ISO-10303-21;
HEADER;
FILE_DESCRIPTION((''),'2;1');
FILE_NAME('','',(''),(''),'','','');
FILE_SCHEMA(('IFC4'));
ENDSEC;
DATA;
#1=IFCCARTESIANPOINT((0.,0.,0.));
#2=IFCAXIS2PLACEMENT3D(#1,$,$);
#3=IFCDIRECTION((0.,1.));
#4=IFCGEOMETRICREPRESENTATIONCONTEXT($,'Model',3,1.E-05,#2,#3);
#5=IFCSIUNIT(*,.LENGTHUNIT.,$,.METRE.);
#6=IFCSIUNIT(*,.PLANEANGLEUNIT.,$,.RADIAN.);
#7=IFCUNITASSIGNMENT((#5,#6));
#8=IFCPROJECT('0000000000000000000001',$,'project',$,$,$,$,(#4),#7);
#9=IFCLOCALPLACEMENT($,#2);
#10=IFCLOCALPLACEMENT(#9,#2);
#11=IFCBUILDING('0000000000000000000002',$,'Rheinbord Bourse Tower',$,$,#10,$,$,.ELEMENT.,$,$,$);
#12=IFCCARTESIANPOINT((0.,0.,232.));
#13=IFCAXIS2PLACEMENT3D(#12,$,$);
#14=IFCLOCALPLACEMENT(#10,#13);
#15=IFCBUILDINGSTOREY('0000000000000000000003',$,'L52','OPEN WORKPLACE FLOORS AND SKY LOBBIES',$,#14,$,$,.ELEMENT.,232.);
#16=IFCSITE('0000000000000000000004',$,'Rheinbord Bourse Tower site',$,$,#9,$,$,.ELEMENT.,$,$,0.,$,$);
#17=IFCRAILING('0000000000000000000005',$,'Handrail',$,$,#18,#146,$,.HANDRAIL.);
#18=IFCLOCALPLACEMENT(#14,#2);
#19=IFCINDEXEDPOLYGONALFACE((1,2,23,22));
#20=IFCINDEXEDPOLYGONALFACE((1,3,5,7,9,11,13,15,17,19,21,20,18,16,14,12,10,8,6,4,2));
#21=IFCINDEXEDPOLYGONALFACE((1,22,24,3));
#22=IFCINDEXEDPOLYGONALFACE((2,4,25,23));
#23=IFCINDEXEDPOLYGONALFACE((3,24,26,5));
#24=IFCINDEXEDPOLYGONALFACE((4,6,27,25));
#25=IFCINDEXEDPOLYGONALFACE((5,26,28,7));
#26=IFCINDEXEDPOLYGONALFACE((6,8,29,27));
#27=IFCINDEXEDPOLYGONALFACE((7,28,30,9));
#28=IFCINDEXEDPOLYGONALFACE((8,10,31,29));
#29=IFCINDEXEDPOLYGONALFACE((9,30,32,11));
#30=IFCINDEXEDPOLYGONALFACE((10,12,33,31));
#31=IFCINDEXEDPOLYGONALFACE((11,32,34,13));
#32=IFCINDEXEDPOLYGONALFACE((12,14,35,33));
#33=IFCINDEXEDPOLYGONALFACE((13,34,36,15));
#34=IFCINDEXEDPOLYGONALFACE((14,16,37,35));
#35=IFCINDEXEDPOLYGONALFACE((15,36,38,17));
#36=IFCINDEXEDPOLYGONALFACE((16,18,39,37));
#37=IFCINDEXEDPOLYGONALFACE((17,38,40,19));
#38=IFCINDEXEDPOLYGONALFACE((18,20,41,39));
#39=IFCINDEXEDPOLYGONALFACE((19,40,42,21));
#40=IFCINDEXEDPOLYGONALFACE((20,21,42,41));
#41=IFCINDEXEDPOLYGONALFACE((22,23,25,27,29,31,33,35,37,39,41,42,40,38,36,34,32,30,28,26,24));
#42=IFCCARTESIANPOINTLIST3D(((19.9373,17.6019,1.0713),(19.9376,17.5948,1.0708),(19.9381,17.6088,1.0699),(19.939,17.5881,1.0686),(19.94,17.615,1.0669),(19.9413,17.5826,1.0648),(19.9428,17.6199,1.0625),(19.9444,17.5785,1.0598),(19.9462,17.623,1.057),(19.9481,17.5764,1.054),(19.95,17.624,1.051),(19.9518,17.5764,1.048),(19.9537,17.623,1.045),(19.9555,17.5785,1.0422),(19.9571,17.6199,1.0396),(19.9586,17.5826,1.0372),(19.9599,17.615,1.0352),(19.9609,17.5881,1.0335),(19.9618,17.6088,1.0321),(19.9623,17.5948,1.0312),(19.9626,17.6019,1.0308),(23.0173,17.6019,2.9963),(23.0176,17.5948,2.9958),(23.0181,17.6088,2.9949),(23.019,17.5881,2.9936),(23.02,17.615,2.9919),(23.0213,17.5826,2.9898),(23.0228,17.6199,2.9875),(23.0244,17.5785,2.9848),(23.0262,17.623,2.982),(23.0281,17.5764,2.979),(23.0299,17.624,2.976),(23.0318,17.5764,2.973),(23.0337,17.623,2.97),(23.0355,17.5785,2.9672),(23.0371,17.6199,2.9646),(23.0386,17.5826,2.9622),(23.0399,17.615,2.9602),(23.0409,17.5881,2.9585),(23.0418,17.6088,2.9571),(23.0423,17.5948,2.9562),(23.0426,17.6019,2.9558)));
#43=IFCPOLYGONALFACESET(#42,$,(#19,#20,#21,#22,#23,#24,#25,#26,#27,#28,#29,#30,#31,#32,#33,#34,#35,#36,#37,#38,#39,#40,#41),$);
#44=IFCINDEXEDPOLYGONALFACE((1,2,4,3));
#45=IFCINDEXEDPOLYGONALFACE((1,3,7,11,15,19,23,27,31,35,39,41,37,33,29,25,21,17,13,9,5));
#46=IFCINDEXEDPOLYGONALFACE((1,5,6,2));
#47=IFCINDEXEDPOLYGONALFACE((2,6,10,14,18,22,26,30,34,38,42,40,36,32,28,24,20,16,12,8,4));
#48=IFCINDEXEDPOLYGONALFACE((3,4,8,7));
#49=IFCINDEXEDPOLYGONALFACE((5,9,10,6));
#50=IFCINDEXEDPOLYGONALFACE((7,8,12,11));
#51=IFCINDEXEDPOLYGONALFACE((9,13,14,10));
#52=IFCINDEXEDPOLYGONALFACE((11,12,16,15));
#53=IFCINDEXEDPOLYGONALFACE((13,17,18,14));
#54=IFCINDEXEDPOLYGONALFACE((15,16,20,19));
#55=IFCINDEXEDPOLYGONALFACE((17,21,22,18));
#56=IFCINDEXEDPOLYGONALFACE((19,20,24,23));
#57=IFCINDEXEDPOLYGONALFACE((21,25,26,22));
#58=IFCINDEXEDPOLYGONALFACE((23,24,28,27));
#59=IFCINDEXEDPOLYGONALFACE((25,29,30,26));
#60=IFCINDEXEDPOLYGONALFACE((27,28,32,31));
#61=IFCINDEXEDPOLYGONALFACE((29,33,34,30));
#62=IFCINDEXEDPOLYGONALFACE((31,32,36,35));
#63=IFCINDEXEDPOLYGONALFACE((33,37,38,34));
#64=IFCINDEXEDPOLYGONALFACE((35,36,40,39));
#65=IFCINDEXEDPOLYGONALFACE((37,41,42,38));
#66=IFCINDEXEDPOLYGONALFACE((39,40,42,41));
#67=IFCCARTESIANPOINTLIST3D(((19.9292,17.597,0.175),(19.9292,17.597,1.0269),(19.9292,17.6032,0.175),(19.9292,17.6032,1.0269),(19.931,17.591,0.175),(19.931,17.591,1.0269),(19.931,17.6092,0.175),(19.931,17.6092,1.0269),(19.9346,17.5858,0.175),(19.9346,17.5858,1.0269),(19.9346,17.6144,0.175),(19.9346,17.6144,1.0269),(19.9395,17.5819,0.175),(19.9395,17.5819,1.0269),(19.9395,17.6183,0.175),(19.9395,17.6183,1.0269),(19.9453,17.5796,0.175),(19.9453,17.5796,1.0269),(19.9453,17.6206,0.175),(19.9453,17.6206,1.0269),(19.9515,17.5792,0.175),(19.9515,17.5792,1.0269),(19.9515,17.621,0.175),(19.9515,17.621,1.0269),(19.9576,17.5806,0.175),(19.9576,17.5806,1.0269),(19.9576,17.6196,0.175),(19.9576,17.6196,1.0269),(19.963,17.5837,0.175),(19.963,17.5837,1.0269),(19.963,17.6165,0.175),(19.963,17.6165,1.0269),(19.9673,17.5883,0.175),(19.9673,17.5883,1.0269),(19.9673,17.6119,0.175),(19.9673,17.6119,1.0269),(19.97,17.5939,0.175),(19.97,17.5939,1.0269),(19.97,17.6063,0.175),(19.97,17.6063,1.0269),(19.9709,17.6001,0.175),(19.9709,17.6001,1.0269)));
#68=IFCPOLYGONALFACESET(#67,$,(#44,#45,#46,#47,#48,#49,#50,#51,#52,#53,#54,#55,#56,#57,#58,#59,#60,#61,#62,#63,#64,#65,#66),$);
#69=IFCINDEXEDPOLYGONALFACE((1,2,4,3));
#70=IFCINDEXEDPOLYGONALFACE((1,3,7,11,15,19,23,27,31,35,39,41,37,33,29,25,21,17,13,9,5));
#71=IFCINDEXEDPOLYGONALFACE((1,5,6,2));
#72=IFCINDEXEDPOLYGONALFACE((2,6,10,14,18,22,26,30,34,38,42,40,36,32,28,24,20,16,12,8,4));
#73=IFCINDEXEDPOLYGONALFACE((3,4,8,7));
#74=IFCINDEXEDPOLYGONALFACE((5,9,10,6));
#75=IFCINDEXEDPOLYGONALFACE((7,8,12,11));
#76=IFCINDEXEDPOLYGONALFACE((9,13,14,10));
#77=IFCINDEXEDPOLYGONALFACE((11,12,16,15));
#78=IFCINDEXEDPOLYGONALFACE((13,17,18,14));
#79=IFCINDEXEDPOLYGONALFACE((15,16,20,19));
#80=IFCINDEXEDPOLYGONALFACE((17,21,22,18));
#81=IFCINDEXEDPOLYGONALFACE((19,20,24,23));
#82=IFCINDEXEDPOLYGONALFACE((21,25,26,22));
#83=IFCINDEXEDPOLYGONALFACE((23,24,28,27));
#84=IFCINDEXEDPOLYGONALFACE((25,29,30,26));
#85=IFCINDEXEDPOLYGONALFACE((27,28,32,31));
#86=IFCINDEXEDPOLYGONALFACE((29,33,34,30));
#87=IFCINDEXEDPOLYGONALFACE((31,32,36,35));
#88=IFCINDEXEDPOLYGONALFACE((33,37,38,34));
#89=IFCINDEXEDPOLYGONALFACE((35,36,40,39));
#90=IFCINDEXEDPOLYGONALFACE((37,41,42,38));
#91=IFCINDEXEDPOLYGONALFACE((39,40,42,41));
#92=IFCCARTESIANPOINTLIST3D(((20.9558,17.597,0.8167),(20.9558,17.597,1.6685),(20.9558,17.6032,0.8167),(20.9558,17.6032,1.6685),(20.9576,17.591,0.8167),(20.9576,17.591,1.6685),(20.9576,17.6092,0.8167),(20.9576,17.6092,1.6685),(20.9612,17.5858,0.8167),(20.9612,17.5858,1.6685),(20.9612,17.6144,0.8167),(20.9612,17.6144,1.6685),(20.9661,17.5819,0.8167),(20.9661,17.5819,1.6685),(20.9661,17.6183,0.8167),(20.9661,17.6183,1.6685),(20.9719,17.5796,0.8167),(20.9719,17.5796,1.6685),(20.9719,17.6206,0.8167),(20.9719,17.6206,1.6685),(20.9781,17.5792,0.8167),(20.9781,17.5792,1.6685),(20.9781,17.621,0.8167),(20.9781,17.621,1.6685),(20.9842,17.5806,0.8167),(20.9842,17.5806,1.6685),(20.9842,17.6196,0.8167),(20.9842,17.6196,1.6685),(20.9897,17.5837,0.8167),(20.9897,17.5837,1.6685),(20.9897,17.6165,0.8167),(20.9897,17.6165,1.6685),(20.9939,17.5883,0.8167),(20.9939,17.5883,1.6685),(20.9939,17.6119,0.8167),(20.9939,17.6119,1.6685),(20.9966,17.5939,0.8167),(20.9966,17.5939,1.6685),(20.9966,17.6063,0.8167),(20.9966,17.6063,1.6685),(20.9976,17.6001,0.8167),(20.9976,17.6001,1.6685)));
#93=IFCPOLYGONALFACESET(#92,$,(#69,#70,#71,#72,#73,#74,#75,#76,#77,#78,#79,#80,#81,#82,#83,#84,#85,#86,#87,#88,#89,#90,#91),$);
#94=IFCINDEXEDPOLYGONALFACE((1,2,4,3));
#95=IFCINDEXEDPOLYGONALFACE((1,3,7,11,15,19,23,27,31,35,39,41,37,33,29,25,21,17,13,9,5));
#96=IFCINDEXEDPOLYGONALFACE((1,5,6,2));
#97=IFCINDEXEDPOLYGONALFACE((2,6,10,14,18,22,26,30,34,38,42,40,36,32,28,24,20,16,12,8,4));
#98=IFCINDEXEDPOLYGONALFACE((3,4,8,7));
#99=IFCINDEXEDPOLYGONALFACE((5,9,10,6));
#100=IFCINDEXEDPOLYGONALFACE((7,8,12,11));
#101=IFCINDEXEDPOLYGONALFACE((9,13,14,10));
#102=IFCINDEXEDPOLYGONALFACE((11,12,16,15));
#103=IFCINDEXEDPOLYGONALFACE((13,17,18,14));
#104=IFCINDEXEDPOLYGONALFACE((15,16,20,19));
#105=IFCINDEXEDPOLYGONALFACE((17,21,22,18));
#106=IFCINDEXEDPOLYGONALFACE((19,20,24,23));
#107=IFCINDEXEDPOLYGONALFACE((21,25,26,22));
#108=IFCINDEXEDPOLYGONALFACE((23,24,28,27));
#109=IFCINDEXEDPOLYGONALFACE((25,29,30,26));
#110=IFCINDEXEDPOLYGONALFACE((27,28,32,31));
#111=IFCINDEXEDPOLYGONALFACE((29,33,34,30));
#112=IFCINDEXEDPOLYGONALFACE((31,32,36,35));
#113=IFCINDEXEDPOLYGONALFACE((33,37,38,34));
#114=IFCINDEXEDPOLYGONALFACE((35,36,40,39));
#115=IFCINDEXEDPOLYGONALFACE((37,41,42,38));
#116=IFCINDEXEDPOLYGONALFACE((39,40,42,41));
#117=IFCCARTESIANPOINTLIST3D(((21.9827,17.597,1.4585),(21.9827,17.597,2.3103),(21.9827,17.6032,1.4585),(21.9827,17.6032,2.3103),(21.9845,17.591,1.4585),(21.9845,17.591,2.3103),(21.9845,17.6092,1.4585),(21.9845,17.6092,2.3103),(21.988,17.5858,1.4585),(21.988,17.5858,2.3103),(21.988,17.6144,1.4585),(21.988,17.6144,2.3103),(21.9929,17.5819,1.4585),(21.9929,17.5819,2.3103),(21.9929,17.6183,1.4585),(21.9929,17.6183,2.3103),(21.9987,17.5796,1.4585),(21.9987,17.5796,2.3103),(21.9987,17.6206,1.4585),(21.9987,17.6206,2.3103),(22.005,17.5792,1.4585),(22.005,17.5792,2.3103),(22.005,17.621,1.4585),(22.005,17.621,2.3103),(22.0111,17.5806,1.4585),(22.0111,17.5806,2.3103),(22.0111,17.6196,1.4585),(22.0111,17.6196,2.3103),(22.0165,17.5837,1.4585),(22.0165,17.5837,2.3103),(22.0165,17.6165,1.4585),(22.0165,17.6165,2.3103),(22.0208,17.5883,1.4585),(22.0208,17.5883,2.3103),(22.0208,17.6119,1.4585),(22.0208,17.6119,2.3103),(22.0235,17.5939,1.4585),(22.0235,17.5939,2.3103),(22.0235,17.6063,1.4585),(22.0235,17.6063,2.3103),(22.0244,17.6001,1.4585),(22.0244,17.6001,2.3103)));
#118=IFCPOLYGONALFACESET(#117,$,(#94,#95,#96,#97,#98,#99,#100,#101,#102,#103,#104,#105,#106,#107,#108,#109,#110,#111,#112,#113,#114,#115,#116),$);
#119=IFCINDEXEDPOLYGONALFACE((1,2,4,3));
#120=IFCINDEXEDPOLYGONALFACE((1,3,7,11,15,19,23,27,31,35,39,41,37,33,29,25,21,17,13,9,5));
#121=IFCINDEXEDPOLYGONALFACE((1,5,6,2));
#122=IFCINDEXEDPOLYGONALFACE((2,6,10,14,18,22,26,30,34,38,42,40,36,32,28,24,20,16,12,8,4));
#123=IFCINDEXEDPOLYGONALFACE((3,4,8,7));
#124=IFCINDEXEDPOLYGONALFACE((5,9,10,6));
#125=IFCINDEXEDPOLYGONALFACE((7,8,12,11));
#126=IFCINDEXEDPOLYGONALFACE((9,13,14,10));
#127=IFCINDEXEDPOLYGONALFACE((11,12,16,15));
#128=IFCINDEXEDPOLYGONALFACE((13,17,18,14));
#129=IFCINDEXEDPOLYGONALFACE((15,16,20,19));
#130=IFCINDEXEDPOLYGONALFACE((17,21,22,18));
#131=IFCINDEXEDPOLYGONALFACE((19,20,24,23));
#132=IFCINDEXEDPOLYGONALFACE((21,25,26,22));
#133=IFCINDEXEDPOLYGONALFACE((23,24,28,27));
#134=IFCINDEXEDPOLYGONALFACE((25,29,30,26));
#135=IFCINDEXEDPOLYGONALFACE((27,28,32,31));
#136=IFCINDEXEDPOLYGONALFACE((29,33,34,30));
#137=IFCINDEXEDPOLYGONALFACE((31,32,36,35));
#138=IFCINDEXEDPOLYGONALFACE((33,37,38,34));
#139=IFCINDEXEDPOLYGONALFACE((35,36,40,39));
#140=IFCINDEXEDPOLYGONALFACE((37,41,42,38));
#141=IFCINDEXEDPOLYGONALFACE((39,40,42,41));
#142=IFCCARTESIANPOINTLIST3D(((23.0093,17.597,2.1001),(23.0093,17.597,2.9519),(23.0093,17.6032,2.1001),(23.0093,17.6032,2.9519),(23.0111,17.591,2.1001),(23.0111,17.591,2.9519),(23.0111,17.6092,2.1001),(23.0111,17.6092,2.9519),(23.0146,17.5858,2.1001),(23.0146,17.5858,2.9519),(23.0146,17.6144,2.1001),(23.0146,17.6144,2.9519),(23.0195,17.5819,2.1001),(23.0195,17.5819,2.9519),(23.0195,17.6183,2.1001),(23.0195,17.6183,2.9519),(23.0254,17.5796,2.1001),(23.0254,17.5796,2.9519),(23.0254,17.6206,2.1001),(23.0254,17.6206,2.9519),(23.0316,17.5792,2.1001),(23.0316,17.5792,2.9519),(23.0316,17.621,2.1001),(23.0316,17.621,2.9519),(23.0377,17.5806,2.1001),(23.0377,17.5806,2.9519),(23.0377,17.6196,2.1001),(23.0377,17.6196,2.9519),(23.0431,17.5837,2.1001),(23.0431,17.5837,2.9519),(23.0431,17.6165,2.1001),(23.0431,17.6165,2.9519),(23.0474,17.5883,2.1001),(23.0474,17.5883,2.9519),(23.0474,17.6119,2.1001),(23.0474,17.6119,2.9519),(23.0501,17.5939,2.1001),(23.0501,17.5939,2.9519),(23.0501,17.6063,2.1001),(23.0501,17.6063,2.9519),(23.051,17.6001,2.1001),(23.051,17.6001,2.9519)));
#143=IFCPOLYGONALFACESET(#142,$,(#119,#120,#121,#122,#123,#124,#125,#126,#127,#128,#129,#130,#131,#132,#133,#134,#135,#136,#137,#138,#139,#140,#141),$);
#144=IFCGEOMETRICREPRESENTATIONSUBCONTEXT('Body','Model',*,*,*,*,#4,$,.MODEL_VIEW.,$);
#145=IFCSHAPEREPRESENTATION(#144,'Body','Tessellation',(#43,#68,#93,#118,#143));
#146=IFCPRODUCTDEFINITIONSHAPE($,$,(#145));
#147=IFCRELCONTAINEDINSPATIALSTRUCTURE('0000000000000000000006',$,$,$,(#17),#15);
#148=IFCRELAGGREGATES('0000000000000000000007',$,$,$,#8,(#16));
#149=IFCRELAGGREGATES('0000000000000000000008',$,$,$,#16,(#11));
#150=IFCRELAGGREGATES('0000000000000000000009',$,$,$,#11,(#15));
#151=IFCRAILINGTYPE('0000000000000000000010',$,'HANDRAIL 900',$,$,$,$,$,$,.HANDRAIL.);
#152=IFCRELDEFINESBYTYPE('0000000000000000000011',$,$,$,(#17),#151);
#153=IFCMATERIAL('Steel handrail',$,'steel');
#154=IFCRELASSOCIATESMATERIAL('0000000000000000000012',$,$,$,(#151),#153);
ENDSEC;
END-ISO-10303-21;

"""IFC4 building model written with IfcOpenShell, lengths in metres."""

from ifc_helpers import new_model, si_unit, direction, frame, origin, origin_2d, place, context, subcontext, project, spatial, circle, extrude, material, type_object, element, save


model = new_model("IFC4")

# Units and contexts
model_context = context("Model", 3, precision=1e-05, world=origin(), true_north=direction((0.0, 1.0)))
body_context = subcontext(model_context, "Body", "Model", "MODEL_VIEW")
ifc_project = project(units=[si_unit("LENGTHUNIT", "METRE"), si_unit("PLANEANGLEUNIT", "RADIAN")], contexts=[model_context])

# Site, building, storey
site_placement = place(None, origin())
site = spatial("IfcSite", under=ifc_project, at=site_placement, Name="Rheinbord Bourse Tower site", CompositionType="ELEMENT", RefElevation=0.0)
building_placement = place(site_placement, origin())
building = spatial("IfcBuilding", under=site, at=building_placement, Name="Rheinbord Bourse Tower", CompositionType="ELEMENT")
storey_placement = place(building_placement, frame((0.0, 0.0, 232.0)))
storey = spatial("IfcBuildingStorey", under=building, at=storey_placement, Name="L52", Description="OPEN WORKPLACE FLOORS AND SKY LOBBIES", CompositionType="ELEMENT", Elevation=232.0)

# Railing
ifc_material_1 = material(Name="Steel handrail", Category="steel")
railing_type = type_object("IfcRailingType", Name="HANDRAIL 900", PredefinedType="HANDRAIL", material=ifc_material_1)
railing_1_placement = place(storey_placement, frame((19.95, 17.6001, 0.175)))
element("IfcRailing", 1, at=railing_1_placement, inside=storey, type_object=railing_type, Name="Handrail", PredefinedType="HANDRAIL", context=body_context, shape_type="SweptSolid", body=[
    extrude(circle(Radius=0.0239, at=origin_2d()), frame((0.0, 0.0, 0.876), z_axis=(0.847998, 0.0, 0.529999), x_axis=(0.0, 1.0, 0.0)), (0.0, 0.0, 1.0), 3.6321),
    extrude(circle(Radius=0.021, at=origin_2d()), origin(), (0.0, 0.0, 1.0), 0.8518),
    extrude(circle(Radius=0.021, at=origin_2d()), frame((1.0266, 0.0, 0.6416)), (0.0, 0.0, 1.0), 0.8518),
    extrude(circle(Radius=0.021, at=origin_2d()), frame((2.0535, 0.0, 1.2834)), (0.0, 0.0, 1.0), 0.8518),
    extrude(circle(Radius=0.021, at=origin_2d()), frame((3.0801, 0.0, 1.925)), (0.0, 0.0, 1.0), 0.8518),
])

save(model, "model.ifc")
